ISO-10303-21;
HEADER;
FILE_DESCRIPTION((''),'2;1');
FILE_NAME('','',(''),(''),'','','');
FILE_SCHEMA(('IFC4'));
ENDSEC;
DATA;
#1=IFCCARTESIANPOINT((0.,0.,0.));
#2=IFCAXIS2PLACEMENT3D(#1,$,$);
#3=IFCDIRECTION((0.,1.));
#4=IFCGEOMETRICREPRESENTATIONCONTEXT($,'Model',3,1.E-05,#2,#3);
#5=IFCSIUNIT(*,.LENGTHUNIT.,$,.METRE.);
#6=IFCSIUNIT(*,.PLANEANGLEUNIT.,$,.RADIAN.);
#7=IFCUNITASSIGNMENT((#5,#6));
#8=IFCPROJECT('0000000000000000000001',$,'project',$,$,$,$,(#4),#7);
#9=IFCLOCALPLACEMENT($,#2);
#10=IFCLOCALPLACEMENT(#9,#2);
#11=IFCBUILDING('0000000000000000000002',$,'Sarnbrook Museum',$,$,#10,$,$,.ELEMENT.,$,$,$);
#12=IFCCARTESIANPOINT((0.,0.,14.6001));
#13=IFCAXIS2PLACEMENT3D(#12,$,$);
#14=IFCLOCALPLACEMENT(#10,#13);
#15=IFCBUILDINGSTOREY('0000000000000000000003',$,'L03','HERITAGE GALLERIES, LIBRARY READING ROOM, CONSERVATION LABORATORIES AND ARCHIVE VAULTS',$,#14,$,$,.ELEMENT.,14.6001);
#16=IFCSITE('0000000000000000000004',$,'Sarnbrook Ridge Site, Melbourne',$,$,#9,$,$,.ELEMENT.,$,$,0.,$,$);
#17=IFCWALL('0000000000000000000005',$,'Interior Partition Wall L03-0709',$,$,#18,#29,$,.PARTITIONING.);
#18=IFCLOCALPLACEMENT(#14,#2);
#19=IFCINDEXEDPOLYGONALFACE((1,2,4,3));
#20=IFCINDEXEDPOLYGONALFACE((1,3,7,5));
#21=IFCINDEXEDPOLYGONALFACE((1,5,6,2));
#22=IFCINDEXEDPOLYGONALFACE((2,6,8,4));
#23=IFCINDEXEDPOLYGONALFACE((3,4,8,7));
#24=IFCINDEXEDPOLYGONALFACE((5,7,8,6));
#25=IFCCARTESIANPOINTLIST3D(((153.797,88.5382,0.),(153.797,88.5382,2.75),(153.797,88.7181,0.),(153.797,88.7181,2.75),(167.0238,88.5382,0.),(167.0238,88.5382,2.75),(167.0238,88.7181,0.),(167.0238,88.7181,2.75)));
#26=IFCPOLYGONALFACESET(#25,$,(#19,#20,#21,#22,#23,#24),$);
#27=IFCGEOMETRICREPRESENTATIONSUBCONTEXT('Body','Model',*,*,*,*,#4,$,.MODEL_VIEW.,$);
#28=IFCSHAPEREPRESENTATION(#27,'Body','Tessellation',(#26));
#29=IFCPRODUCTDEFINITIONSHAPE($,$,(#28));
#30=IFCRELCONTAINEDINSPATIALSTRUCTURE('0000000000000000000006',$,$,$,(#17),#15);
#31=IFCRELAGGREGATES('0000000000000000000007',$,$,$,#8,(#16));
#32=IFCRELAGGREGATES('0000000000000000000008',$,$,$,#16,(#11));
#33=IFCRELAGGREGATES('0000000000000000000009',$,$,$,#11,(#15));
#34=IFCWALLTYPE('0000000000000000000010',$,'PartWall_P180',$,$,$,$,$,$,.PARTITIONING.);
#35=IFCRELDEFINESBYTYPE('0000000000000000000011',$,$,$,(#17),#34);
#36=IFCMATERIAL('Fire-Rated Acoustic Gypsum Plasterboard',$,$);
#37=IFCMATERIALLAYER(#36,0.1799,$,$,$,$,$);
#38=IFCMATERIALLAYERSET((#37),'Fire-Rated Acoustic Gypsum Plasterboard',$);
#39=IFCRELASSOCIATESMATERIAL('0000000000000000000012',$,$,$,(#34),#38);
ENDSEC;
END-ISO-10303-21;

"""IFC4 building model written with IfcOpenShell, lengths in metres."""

from ifc_helpers import new_model, si_unit, direction, frame, frame_2d, origin, place, context, subcontext, project, spatial, rectangle, extrude, material, layer, layer_set, type_object, element, save


model = new_model("IFC4")

# Units and contexts
model_context = context("Model", 3, precision=1e-05, world=origin(), true_north=direction((0.0, 1.0)))
body_context = subcontext(model_context, "Body", "Model", "MODEL_VIEW")
ifc_project = project(units=[si_unit("LENGTHUNIT", "METRE"), si_unit("PLANEANGLEUNIT", "RADIAN")], contexts=[model_context])

# Site, building, storey
site_placement = place(None, origin())
site = spatial("IfcSite", under=ifc_project, at=site_placement, Name="Sarnbrook Ridge Site, Melbourne", CompositionType="ELEMENT", RefElevation=0.0)
building_placement = place(site_placement, origin())
building = spatial("IfcBuilding", under=site, at=building_placement, Name="Sarnbrook Museum", CompositionType="ELEMENT")
storey_placement = place(building_placement, frame((0.0, 0.0, 14.6001)))
storey = spatial("IfcBuildingStorey", under=building, at=storey_placement, Name="L03", Description="HERITAGE GALLERIES, LIBRARY READING ROOM, CONSERVATION LABORATORIES AND ARCHIVE VAULTS", CompositionType="ELEMENT", Elevation=14.6001)

# Wall
ifc_material_1 = material(Name="Fire-Rated Acoustic Gypsum Plasterboard")
ifc_layer_1 = layer(ifc_material_1, 0.1799)
ifc_layer_set_1 = layer_set([ifc_layer_1], Name="Fire-Rated Acoustic Gypsum Plasterboard")
wall_type_1 = type_object("IfcWallType", Name="PartWall_P180", PredefinedType="PARTITIONING", material=ifc_layer_set_1)
wall_1_placement = place(storey_placement, frame((153.7971, 88.6282, 0.0), z_axis=(0.0, 0.0, 1.0), x_axis=(1.0, 0.0, 0.0)))
element("IfcWall", 1, at=wall_1_placement, inside=storey, type_object=wall_type_1, Name="Interior Partition Wall L03-0709", PredefinedType="PARTITIONING", context=body_context, shape_type="SweptSolid", body=[
    extrude(rectangle(XDim=13.2268, YDim=0.1799, at=frame_2d((6.6133, 0.0))), origin(), (0.0, 0.0, 1.0), 2.75),
])

save(model, "model.ifc")
